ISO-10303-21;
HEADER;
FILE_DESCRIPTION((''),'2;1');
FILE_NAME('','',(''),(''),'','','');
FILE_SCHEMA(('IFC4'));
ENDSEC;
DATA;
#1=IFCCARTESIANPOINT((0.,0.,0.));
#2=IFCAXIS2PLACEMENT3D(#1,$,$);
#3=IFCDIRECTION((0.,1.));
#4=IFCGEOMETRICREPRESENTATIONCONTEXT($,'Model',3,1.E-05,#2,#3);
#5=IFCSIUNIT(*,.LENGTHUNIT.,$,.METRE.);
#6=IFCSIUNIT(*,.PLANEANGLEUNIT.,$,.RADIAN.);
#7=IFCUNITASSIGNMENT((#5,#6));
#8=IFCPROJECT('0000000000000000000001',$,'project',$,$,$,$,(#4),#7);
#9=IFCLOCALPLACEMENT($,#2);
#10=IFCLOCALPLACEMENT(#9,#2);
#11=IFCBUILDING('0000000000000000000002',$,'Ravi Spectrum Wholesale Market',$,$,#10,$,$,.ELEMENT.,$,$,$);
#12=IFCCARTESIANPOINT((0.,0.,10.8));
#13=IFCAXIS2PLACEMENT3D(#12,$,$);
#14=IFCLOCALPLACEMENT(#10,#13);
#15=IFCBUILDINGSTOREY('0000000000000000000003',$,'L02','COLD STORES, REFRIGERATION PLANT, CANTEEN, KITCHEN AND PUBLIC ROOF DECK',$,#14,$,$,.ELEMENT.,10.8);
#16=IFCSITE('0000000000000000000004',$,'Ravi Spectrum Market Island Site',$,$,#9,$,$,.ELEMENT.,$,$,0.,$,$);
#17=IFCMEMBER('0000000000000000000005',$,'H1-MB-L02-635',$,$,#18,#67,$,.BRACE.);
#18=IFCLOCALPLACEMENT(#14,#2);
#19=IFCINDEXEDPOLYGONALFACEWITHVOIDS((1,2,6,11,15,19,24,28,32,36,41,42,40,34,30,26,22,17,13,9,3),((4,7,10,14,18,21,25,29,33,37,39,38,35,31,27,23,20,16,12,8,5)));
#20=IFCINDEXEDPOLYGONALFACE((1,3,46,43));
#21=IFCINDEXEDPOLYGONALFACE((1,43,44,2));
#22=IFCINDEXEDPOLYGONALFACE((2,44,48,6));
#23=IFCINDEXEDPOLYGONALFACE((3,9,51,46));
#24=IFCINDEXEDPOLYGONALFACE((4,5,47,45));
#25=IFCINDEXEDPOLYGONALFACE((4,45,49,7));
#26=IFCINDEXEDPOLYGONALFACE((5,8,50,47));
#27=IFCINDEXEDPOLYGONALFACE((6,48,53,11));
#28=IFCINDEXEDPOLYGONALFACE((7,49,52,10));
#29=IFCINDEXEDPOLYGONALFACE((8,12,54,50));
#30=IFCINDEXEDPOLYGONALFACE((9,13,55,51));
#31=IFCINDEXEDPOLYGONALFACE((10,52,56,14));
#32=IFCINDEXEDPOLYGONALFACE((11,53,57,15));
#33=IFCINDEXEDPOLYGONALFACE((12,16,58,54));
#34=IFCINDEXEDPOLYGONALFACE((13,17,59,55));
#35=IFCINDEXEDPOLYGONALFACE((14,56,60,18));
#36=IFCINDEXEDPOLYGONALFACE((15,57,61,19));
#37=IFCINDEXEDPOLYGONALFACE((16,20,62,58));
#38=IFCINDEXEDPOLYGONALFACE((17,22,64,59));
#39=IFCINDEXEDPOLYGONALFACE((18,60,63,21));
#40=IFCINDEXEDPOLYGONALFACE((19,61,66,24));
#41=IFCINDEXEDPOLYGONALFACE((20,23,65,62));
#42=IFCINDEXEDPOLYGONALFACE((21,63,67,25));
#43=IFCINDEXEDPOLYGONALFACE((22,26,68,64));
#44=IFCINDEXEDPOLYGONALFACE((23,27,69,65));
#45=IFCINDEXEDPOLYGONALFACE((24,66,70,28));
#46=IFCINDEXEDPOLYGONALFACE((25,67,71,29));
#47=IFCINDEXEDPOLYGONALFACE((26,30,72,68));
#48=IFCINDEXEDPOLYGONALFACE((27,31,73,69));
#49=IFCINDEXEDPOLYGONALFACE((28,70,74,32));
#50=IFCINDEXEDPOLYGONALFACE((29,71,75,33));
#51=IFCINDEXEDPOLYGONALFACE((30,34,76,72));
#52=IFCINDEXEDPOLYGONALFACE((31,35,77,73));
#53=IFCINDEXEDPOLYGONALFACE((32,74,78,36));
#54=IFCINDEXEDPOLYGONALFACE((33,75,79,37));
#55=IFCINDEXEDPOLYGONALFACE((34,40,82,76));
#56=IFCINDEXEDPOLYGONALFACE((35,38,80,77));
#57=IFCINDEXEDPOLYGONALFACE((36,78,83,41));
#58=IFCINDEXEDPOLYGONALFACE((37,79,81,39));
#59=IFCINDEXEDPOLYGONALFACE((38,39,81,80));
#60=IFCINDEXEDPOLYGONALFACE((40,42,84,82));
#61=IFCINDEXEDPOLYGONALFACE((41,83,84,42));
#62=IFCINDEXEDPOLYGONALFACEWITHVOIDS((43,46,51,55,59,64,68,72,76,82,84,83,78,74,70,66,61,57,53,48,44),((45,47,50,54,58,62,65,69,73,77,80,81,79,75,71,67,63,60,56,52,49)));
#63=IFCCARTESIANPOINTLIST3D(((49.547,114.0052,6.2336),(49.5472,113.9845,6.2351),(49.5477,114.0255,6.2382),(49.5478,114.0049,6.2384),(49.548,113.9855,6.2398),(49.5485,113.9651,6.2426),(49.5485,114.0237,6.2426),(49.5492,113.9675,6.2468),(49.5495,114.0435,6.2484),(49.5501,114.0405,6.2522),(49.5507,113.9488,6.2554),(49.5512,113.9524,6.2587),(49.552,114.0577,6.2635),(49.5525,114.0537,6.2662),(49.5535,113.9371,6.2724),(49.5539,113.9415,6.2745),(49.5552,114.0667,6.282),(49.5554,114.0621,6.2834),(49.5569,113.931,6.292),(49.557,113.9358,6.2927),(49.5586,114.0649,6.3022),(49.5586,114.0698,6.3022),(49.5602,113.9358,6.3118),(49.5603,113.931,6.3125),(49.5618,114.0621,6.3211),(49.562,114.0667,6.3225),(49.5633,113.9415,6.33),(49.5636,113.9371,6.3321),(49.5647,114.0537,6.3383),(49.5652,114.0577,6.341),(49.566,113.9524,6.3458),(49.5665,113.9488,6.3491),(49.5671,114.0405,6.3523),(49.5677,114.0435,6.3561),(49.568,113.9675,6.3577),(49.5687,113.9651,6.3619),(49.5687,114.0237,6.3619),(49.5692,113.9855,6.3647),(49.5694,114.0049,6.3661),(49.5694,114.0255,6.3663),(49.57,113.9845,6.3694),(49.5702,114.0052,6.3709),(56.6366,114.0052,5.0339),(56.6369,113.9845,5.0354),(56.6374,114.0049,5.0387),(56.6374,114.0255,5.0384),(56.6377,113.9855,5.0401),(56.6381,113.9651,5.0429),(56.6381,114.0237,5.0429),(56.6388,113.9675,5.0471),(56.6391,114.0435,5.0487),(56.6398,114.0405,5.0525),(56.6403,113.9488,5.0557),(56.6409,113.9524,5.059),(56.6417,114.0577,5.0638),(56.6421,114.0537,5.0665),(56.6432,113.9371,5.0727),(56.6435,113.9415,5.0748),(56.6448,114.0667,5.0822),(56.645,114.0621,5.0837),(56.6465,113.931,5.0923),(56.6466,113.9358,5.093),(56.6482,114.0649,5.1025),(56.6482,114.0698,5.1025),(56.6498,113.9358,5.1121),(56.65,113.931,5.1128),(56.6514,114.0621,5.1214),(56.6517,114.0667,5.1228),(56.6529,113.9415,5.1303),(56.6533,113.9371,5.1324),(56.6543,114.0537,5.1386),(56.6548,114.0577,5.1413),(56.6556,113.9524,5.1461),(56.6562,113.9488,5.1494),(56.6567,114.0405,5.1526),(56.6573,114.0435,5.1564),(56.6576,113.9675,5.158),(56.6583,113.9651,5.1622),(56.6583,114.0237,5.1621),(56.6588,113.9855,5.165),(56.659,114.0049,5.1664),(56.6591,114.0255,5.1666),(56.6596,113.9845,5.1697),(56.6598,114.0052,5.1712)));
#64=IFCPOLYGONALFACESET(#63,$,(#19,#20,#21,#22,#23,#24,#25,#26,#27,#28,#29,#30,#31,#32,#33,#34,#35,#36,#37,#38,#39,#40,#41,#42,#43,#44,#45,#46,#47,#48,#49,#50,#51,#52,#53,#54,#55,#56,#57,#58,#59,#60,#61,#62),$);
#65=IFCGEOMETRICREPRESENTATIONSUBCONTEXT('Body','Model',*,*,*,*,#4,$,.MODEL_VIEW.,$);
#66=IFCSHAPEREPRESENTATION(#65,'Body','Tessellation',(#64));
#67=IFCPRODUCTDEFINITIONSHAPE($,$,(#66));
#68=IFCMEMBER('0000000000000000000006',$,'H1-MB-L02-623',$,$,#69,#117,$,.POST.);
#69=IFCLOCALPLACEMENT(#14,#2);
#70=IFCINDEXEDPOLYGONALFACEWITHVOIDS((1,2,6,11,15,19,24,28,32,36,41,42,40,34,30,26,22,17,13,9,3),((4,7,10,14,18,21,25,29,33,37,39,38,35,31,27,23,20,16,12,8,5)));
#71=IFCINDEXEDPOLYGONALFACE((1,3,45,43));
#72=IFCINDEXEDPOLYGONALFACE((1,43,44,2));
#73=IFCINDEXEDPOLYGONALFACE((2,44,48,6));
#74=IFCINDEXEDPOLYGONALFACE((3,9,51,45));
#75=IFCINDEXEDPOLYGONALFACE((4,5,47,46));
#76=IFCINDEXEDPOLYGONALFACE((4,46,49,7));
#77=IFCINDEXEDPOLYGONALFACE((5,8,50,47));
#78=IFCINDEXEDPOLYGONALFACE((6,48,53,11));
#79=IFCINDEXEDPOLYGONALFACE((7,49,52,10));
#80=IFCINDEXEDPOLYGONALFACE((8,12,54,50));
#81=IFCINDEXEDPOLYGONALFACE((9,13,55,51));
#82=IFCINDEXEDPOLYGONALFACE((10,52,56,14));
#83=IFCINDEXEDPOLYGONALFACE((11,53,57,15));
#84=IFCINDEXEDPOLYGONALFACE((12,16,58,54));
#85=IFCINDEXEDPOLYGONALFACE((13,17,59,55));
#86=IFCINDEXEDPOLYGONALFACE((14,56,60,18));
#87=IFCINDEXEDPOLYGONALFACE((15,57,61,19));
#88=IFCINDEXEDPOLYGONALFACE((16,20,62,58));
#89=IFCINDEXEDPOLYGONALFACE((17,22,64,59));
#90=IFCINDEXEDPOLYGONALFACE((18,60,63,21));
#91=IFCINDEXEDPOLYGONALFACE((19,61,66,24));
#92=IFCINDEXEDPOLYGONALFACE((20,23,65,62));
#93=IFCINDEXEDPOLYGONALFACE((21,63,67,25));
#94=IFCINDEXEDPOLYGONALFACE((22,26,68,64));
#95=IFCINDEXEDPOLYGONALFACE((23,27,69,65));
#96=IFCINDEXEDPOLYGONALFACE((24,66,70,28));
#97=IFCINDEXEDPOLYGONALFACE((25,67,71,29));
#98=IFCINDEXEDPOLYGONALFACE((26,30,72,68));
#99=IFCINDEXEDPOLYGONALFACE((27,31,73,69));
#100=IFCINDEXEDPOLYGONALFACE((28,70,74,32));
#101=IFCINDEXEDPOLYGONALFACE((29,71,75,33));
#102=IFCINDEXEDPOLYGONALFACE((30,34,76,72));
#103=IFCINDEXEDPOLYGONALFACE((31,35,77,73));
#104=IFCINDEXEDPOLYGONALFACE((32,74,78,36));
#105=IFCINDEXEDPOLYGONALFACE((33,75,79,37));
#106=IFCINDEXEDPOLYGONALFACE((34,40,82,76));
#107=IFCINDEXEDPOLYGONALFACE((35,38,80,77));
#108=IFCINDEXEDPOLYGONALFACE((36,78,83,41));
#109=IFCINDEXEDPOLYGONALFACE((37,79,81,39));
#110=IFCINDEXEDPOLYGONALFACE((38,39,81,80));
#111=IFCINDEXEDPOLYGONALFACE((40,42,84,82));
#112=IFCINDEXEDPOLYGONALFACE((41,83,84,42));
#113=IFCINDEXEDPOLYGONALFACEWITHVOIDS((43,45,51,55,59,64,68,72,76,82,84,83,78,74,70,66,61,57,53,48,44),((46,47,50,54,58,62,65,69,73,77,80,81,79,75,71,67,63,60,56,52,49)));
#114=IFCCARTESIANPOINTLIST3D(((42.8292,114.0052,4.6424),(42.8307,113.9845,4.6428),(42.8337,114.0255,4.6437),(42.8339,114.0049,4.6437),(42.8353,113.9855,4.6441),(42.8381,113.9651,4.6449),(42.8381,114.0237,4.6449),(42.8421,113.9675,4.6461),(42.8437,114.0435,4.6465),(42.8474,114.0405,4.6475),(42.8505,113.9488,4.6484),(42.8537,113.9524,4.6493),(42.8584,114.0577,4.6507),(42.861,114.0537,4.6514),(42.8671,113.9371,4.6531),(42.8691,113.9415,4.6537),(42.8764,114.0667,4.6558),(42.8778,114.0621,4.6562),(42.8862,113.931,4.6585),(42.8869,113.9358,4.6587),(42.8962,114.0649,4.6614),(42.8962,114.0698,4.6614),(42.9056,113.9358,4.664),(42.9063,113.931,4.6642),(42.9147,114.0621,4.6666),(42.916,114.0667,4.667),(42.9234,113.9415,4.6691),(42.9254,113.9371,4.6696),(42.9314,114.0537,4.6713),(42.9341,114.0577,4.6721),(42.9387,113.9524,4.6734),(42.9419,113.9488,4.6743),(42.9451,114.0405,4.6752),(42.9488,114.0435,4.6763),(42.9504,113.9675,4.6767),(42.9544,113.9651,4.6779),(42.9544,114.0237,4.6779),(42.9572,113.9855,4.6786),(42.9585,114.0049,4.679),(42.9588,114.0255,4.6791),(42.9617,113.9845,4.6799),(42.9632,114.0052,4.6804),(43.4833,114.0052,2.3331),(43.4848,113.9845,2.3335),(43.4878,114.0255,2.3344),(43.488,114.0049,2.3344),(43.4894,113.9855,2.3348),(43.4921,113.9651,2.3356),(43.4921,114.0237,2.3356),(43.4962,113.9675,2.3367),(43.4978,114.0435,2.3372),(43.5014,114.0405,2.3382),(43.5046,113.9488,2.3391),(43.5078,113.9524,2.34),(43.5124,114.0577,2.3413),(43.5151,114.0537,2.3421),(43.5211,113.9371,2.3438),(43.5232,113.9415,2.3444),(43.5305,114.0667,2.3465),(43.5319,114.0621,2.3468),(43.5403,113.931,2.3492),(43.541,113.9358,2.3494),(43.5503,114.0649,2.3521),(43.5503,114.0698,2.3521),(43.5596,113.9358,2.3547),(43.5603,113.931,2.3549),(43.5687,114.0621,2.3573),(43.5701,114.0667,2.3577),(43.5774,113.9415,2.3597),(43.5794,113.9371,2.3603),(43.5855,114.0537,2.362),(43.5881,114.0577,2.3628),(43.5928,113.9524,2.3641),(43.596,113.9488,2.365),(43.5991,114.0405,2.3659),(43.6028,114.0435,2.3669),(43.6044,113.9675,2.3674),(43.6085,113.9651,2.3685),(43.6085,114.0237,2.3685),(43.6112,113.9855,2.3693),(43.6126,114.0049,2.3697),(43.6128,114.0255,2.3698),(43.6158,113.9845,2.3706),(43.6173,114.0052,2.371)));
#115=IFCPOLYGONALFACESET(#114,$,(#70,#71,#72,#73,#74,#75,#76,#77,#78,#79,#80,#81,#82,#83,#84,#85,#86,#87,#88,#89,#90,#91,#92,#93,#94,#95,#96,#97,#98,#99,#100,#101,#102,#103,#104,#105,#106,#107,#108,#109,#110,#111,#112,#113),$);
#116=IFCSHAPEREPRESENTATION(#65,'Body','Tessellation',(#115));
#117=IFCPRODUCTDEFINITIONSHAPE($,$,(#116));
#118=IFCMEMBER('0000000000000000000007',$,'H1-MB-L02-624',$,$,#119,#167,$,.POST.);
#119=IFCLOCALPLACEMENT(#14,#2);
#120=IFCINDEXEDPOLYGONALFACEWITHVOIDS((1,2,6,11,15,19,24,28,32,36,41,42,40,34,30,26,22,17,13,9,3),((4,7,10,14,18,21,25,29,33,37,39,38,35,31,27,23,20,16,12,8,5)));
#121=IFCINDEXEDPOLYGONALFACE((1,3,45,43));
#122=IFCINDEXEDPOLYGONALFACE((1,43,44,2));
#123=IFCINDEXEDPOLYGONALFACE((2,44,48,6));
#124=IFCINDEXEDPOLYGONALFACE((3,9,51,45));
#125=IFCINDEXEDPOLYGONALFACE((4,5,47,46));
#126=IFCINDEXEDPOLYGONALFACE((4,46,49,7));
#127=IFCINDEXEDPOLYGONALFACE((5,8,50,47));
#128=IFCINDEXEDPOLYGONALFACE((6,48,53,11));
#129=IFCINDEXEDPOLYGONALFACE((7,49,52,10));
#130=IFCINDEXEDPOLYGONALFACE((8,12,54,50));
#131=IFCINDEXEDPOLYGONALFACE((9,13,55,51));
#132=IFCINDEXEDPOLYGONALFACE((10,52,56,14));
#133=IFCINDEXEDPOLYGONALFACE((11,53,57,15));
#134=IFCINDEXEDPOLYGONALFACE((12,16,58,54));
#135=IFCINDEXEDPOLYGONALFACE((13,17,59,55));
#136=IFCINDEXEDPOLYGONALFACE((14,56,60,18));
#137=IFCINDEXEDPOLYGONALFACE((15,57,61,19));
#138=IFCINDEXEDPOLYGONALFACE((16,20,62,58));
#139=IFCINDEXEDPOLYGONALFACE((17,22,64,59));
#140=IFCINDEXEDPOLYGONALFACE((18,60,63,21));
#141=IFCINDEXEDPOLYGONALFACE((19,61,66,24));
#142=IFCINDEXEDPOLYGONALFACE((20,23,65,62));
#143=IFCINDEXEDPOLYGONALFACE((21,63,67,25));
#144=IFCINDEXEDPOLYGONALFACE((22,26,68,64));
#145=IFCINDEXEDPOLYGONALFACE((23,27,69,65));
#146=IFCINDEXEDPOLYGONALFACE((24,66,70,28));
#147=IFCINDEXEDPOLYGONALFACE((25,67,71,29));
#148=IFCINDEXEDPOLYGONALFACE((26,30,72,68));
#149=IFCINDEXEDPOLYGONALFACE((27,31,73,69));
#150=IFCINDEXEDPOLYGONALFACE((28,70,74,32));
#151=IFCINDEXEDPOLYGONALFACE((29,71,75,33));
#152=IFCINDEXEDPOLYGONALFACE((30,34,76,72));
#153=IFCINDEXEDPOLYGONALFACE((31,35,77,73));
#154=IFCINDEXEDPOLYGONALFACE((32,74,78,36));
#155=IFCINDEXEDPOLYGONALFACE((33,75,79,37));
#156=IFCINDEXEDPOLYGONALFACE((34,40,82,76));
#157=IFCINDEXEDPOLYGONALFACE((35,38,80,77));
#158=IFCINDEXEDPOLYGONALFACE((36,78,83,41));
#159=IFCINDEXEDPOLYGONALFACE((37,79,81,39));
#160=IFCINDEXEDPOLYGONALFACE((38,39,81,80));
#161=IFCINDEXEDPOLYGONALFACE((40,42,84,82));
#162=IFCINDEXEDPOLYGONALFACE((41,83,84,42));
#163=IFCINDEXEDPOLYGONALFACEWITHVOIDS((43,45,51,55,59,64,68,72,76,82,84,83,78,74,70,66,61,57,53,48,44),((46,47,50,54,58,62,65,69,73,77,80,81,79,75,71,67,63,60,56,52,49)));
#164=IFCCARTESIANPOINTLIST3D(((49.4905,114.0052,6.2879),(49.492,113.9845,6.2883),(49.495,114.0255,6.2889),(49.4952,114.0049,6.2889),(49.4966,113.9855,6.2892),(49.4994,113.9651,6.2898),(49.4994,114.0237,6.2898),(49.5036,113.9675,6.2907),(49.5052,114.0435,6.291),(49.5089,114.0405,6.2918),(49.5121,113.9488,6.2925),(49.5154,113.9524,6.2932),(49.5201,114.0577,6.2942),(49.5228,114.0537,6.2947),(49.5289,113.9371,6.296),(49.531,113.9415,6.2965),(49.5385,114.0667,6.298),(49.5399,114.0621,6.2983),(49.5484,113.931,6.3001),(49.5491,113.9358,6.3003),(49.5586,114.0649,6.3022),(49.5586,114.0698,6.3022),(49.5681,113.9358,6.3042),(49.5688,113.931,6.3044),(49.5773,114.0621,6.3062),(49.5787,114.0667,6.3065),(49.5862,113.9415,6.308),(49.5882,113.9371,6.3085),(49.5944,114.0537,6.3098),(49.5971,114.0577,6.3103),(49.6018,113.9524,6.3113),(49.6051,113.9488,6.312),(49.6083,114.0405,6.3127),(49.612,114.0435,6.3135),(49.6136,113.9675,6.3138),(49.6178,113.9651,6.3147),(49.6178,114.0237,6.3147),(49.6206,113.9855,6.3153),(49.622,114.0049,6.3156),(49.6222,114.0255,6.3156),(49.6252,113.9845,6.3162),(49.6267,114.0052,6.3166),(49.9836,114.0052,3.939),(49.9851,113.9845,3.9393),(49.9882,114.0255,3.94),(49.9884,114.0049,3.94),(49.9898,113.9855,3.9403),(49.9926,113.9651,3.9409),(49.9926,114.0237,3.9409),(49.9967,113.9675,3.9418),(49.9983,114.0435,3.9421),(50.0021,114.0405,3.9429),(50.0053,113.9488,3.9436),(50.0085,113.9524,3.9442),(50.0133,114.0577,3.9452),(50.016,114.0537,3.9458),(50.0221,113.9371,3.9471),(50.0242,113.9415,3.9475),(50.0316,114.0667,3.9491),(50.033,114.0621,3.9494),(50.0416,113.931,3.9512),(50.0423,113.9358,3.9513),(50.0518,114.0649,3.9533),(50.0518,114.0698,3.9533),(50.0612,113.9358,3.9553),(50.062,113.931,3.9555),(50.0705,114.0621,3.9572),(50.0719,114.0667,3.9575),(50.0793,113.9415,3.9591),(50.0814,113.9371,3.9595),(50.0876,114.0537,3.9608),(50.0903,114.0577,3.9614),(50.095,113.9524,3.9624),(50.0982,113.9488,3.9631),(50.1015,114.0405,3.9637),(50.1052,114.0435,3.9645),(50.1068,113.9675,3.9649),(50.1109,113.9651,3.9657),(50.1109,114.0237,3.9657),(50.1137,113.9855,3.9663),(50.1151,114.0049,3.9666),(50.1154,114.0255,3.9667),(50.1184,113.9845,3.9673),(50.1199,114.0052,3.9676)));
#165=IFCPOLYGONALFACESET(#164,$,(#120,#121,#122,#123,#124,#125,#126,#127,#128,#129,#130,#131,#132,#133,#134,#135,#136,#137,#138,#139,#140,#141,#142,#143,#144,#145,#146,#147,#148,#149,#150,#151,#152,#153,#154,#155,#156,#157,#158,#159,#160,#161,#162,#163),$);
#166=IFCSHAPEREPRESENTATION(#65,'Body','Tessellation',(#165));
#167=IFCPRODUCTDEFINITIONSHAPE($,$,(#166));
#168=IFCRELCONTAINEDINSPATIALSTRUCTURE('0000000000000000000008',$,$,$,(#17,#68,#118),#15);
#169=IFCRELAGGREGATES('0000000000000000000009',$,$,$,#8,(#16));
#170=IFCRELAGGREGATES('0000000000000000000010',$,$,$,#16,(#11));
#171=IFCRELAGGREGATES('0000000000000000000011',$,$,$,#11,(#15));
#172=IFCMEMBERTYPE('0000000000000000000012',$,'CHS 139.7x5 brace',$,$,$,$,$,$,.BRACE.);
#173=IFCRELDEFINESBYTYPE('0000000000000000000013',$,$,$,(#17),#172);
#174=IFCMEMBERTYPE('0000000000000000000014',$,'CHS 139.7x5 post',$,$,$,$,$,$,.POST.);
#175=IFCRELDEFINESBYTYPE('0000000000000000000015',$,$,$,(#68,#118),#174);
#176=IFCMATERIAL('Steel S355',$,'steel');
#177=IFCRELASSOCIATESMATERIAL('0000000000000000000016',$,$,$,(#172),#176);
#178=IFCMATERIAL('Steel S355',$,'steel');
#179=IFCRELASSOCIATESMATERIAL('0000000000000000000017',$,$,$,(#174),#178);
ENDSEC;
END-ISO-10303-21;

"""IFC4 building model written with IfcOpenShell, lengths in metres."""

from ifc_helpers import new_model, si_unit, direction, frame, origin, origin_2d, place, context, subcontext, project, spatial, hollow_circle, extrude, material, material_profile, profile_set, type_object, element, save


model = new_model("IFC4")

# Units and contexts
model_context = context("Model", 3, precision=1e-05, world=origin(), true_north=direction((0.0, 1.0)))
body_context = subcontext(model_context, "Body", "Model", "MODEL_VIEW")
ifc_project = project(units=[si_unit("LENGTHUNIT", "METRE"), si_unit("PLANEANGLEUNIT", "RADIAN")], contexts=[model_context])

# Site, building, storey
site_placement = place(None, origin())
site = spatial("IfcSite", under=ifc_project, at=site_placement, Name="Ravi Spectrum Market Island Site", CompositionType="ELEMENT", RefElevation=0.0)
building_placement = place(site_placement, origin())
building = spatial("IfcBuilding", under=site, at=building_placement, Name="Ravi Spectrum Wholesale Market", CompositionType="ELEMENT")
storey_placement = place(building_placement, frame((0.0, 0.0, 10.8)))
storey = spatial("IfcBuildingStorey", under=building, at=storey_placement, Name="L02", Description="COLD STORES, REFRIGERATION PLANT, CANTEEN, KITCHEN AND PUBLIC ROOF DECK", CompositionType="ELEMENT", Elevation=10.8)

# Members
ifc_material_1 = material(Name="Steel S355", Category="steel")
ifc_material_profile_1 = material_profile(ifc_material_1, hollow_circle(Radius=0.0698, WallThickness=0.0049, at=origin_2d()))
ifc_profile_set_1 = profile_set([ifc_material_profile_1], Name="Steel S355")
member_type_1 = type_object("IfcMemberType", Name="CHS 139.7x5 brace", PredefinedType="BRACE", material=ifc_profile_set_1)
member_1_placement = place(storey_placement, frame((49.5586, 114.0, 6.3022), z_axis=(0.985983, 0.0, -0.166849), x_axis=(0.0, 1.0, 0.0)))
element("IfcMember", 1, at=member_1_placement, inside=storey, type_object=member_type_1, Name="H1-MB-L02-635", PredefinedType="BRACE", context=body_context, shape_type="SweptSolid", body=[
    extrude(hollow_circle(Radius=0.0698, WallThickness=0.0049, at=origin_2d()), origin(), (0.0, 0.0, 1.0), 7.1904),
])
ifc_material_2 = material(Name="Steel S355", Category="steel")
ifc_material_profile_2 = material_profile(ifc_material_2, hollow_circle(Radius=0.0698, WallThickness=0.0049, at=origin_2d()))
ifc_profile_set_2 = profile_set([ifc_material_profile_2], Name="Steel S355")
member_type_2 = type_object("IfcMemberType", Name="CHS 139.7x5 post", PredefinedType="POST", material=ifc_profile_set_2)
for number, where, z_axis, x_axis, name in (
    (2, (42.8962, 114.0, 4.6614), (0.272504, 0.0, -0.962155), (0.0, 1.0, 0.0), "H1-MB-L02-623"),
    (3, (49.5586, 114.0, 6.3022), (0.205477, 0.0, -0.978662), (0.0, 1.0, 0.0), "H1-MB-L02-624"),
):
    element("IfcMember", number, at=place(storey_placement, frame(where, z_axis=z_axis, x_axis=x_axis)), inside=storey, type_object=member_type_2, Name=name, PredefinedType="POST", context=body_context, shape_type="SweptSolid", body=[
        extrude(hollow_circle(Radius=0.0698, WallThickness=0.0049, at=origin_2d()), origin(), (0.0, 0.0, 1.0), 2.4001),
    ])

save(model, "model.ifc")
